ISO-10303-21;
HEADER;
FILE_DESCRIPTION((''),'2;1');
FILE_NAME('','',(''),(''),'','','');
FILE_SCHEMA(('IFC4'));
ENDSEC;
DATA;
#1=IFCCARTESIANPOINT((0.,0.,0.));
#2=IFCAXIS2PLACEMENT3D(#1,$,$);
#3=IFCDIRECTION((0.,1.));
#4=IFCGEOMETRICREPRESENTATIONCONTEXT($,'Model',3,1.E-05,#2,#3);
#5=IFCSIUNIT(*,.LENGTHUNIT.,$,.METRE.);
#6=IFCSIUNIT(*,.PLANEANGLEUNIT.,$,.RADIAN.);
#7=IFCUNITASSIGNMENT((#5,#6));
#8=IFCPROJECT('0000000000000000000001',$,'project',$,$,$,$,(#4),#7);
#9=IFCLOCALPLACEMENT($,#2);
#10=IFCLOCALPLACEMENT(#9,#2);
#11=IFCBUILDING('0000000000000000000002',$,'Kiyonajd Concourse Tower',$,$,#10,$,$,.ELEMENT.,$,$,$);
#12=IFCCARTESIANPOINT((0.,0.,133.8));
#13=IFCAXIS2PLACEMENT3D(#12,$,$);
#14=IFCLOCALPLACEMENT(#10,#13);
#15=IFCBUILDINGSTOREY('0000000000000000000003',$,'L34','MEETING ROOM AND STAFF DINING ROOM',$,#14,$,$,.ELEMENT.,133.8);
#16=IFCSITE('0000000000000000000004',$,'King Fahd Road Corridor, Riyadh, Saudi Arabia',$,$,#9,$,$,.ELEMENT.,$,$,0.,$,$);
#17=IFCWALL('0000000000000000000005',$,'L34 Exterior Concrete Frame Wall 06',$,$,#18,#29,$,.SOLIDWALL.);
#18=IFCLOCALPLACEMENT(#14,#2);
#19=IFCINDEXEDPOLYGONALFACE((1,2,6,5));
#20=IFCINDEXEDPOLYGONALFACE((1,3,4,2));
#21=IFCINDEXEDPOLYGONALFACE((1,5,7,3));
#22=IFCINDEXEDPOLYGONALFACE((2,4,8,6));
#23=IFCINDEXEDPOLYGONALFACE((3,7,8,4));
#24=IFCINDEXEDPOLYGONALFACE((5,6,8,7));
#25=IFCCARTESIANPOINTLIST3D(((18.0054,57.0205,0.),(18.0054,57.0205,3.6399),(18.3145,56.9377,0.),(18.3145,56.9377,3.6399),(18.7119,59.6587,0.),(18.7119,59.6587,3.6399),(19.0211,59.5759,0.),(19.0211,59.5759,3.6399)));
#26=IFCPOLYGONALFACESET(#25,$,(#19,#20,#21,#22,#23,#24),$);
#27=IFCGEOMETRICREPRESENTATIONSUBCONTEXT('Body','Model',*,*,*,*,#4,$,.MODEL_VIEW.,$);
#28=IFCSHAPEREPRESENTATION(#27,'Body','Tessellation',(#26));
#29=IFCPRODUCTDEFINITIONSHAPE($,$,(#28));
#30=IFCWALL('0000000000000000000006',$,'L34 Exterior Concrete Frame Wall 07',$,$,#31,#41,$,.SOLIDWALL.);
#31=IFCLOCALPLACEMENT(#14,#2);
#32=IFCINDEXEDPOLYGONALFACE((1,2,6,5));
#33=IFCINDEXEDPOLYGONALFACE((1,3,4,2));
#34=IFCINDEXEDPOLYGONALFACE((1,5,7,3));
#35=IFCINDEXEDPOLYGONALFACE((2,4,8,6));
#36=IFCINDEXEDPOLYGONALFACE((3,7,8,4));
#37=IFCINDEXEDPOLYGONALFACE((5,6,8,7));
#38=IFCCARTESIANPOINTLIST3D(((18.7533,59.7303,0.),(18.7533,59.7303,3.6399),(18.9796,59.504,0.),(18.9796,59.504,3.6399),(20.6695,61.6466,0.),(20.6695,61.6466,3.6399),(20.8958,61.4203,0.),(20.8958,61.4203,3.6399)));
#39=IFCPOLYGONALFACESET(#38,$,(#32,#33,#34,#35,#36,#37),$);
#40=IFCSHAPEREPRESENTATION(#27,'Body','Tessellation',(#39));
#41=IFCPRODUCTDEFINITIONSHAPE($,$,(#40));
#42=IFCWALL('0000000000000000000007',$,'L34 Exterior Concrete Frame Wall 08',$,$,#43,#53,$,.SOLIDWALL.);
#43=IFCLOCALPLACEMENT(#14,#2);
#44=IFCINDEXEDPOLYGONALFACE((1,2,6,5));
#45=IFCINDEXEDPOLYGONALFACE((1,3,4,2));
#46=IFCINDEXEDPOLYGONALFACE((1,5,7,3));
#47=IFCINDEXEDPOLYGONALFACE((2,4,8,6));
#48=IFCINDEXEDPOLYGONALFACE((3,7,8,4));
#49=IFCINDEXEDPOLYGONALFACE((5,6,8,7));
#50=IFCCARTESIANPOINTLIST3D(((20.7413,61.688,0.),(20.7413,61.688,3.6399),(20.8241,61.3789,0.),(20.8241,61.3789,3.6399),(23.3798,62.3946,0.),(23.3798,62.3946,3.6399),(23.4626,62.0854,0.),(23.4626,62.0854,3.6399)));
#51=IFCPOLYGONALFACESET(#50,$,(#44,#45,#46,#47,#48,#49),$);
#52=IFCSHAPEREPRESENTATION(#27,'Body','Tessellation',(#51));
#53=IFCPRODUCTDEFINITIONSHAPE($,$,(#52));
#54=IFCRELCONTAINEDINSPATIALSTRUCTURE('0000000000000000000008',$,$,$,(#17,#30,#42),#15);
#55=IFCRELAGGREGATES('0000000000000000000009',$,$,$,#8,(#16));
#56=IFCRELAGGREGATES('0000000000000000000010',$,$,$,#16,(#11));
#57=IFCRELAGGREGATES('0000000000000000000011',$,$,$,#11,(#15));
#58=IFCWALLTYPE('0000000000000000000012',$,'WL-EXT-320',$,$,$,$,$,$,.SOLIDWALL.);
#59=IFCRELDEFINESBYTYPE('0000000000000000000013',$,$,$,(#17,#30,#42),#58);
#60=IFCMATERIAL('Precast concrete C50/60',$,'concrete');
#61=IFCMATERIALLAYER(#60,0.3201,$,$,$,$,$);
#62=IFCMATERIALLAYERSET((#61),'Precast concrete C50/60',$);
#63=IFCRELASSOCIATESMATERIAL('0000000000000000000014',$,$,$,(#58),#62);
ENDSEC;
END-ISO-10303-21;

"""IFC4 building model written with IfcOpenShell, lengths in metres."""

from ifc_helpers import new_model, si_unit, direction, frame, frame_2d, origin, place, context, subcontext, project, spatial, rectangle, extrude, material, layer, layer_set, type_object, element, save


model = new_model("IFC4")

# Units and contexts
model_context = context("Model", 3, precision=1e-05, world=origin(), true_north=direction((0.0, 1.0)))
body_context = subcontext(model_context, "Body", "Model", "MODEL_VIEW")
ifc_project = project(units=[si_unit("LENGTHUNIT", "METRE"), si_unit("PLANEANGLEUNIT", "RADIAN")], contexts=[model_context])

# Site, building, storey
site_placement = place(None, origin())
site = spatial("IfcSite", under=ifc_project, at=site_placement, Name="King Fahd Road Corridor, Riyadh, Saudi Arabia", CompositionType="ELEMENT", RefElevation=0.0)
building_placement = place(site_placement, origin())
building = spatial("IfcBuilding", under=site, at=building_placement, Name="Kiyonajd Concourse Tower", CompositionType="ELEMENT")
storey_placement = place(building_placement, frame((0.0, 0.0, 133.8)))
storey = spatial("IfcBuildingStorey", under=building, at=storey_placement, Name="L34", Description="MEETING ROOM AND STAFF DINING ROOM", CompositionType="ELEMENT", Elevation=133.8)

# Shared definitions
ifc_material_1 = material(Name="Precast concrete C50/60", Category="concrete")

# Walls
ifc_layer_1 = layer(ifc_material_1, 0.3201)
ifc_layer_set_1 = layer_set([ifc_layer_1], Name="Precast concrete C50/60")
wall_type = type_object("IfcWallType", Name="WL-EXT-320", PredefinedType="SOLIDWALL", material=ifc_layer_set_1)
wall_1_placement = place(storey_placement, frame((18.1599, 56.979, 0.0), z_axis=(0.0, 0.0, 1.0), x_axis=(0.258697, 0.965958, 0.0)))
element("IfcWall", 1, at=wall_1_placement, inside=storey, type_object=wall_type, Name="L34 Exterior Concrete Frame Wall 06", PredefinedType="SOLIDWALL", context=body_context, shape_type="SweptSolid", body=[
    extrude(rectangle(XDim=2.7312, YDim=0.3201, at=frame_2d((1.3657, 0.0))), origin(), (0.0, 0.0, 1.0), 3.6399),
])
wall_2_placement = place(storey_placement, frame((18.8665, 59.6172, 0.0), z_axis=(0.0, 0.0, 1.0), x_axis=(0.707107, 0.707107, 0.0)))
element("IfcWall", 2, at=wall_2_placement, inside=storey, type_object=wall_type, Name="L34 Exterior Concrete Frame Wall 07", PredefinedType="SOLIDWALL", context=body_context, shape_type="SweptSolid", body=[
    extrude(rectangle(XDim=2.71, YDim=0.3201, at=frame_2d((1.355, 0.0))), origin(), (0.0, 0.0, 1.0), 3.6399),
])
wall_3_placement = place(storey_placement, frame((20.7827, 61.5334, 0.0), z_axis=(0.0, 0.0, 1.0), x_axis=(0.965964, 0.258675, 0.0)))
element("IfcWall", 3, at=wall_3_placement, inside=storey, type_object=wall_type, Name="L34 Exterior Concrete Frame Wall 08", PredefinedType="SOLIDWALL", context=body_context, shape_type="SweptSolid", body=[
    extrude(rectangle(XDim=2.7314, YDim=0.3201, at=frame_2d((1.3657, 0.0))), origin(), (0.0, 0.0, 1.0), 3.6399),
])

save(model, "model.ifc")
